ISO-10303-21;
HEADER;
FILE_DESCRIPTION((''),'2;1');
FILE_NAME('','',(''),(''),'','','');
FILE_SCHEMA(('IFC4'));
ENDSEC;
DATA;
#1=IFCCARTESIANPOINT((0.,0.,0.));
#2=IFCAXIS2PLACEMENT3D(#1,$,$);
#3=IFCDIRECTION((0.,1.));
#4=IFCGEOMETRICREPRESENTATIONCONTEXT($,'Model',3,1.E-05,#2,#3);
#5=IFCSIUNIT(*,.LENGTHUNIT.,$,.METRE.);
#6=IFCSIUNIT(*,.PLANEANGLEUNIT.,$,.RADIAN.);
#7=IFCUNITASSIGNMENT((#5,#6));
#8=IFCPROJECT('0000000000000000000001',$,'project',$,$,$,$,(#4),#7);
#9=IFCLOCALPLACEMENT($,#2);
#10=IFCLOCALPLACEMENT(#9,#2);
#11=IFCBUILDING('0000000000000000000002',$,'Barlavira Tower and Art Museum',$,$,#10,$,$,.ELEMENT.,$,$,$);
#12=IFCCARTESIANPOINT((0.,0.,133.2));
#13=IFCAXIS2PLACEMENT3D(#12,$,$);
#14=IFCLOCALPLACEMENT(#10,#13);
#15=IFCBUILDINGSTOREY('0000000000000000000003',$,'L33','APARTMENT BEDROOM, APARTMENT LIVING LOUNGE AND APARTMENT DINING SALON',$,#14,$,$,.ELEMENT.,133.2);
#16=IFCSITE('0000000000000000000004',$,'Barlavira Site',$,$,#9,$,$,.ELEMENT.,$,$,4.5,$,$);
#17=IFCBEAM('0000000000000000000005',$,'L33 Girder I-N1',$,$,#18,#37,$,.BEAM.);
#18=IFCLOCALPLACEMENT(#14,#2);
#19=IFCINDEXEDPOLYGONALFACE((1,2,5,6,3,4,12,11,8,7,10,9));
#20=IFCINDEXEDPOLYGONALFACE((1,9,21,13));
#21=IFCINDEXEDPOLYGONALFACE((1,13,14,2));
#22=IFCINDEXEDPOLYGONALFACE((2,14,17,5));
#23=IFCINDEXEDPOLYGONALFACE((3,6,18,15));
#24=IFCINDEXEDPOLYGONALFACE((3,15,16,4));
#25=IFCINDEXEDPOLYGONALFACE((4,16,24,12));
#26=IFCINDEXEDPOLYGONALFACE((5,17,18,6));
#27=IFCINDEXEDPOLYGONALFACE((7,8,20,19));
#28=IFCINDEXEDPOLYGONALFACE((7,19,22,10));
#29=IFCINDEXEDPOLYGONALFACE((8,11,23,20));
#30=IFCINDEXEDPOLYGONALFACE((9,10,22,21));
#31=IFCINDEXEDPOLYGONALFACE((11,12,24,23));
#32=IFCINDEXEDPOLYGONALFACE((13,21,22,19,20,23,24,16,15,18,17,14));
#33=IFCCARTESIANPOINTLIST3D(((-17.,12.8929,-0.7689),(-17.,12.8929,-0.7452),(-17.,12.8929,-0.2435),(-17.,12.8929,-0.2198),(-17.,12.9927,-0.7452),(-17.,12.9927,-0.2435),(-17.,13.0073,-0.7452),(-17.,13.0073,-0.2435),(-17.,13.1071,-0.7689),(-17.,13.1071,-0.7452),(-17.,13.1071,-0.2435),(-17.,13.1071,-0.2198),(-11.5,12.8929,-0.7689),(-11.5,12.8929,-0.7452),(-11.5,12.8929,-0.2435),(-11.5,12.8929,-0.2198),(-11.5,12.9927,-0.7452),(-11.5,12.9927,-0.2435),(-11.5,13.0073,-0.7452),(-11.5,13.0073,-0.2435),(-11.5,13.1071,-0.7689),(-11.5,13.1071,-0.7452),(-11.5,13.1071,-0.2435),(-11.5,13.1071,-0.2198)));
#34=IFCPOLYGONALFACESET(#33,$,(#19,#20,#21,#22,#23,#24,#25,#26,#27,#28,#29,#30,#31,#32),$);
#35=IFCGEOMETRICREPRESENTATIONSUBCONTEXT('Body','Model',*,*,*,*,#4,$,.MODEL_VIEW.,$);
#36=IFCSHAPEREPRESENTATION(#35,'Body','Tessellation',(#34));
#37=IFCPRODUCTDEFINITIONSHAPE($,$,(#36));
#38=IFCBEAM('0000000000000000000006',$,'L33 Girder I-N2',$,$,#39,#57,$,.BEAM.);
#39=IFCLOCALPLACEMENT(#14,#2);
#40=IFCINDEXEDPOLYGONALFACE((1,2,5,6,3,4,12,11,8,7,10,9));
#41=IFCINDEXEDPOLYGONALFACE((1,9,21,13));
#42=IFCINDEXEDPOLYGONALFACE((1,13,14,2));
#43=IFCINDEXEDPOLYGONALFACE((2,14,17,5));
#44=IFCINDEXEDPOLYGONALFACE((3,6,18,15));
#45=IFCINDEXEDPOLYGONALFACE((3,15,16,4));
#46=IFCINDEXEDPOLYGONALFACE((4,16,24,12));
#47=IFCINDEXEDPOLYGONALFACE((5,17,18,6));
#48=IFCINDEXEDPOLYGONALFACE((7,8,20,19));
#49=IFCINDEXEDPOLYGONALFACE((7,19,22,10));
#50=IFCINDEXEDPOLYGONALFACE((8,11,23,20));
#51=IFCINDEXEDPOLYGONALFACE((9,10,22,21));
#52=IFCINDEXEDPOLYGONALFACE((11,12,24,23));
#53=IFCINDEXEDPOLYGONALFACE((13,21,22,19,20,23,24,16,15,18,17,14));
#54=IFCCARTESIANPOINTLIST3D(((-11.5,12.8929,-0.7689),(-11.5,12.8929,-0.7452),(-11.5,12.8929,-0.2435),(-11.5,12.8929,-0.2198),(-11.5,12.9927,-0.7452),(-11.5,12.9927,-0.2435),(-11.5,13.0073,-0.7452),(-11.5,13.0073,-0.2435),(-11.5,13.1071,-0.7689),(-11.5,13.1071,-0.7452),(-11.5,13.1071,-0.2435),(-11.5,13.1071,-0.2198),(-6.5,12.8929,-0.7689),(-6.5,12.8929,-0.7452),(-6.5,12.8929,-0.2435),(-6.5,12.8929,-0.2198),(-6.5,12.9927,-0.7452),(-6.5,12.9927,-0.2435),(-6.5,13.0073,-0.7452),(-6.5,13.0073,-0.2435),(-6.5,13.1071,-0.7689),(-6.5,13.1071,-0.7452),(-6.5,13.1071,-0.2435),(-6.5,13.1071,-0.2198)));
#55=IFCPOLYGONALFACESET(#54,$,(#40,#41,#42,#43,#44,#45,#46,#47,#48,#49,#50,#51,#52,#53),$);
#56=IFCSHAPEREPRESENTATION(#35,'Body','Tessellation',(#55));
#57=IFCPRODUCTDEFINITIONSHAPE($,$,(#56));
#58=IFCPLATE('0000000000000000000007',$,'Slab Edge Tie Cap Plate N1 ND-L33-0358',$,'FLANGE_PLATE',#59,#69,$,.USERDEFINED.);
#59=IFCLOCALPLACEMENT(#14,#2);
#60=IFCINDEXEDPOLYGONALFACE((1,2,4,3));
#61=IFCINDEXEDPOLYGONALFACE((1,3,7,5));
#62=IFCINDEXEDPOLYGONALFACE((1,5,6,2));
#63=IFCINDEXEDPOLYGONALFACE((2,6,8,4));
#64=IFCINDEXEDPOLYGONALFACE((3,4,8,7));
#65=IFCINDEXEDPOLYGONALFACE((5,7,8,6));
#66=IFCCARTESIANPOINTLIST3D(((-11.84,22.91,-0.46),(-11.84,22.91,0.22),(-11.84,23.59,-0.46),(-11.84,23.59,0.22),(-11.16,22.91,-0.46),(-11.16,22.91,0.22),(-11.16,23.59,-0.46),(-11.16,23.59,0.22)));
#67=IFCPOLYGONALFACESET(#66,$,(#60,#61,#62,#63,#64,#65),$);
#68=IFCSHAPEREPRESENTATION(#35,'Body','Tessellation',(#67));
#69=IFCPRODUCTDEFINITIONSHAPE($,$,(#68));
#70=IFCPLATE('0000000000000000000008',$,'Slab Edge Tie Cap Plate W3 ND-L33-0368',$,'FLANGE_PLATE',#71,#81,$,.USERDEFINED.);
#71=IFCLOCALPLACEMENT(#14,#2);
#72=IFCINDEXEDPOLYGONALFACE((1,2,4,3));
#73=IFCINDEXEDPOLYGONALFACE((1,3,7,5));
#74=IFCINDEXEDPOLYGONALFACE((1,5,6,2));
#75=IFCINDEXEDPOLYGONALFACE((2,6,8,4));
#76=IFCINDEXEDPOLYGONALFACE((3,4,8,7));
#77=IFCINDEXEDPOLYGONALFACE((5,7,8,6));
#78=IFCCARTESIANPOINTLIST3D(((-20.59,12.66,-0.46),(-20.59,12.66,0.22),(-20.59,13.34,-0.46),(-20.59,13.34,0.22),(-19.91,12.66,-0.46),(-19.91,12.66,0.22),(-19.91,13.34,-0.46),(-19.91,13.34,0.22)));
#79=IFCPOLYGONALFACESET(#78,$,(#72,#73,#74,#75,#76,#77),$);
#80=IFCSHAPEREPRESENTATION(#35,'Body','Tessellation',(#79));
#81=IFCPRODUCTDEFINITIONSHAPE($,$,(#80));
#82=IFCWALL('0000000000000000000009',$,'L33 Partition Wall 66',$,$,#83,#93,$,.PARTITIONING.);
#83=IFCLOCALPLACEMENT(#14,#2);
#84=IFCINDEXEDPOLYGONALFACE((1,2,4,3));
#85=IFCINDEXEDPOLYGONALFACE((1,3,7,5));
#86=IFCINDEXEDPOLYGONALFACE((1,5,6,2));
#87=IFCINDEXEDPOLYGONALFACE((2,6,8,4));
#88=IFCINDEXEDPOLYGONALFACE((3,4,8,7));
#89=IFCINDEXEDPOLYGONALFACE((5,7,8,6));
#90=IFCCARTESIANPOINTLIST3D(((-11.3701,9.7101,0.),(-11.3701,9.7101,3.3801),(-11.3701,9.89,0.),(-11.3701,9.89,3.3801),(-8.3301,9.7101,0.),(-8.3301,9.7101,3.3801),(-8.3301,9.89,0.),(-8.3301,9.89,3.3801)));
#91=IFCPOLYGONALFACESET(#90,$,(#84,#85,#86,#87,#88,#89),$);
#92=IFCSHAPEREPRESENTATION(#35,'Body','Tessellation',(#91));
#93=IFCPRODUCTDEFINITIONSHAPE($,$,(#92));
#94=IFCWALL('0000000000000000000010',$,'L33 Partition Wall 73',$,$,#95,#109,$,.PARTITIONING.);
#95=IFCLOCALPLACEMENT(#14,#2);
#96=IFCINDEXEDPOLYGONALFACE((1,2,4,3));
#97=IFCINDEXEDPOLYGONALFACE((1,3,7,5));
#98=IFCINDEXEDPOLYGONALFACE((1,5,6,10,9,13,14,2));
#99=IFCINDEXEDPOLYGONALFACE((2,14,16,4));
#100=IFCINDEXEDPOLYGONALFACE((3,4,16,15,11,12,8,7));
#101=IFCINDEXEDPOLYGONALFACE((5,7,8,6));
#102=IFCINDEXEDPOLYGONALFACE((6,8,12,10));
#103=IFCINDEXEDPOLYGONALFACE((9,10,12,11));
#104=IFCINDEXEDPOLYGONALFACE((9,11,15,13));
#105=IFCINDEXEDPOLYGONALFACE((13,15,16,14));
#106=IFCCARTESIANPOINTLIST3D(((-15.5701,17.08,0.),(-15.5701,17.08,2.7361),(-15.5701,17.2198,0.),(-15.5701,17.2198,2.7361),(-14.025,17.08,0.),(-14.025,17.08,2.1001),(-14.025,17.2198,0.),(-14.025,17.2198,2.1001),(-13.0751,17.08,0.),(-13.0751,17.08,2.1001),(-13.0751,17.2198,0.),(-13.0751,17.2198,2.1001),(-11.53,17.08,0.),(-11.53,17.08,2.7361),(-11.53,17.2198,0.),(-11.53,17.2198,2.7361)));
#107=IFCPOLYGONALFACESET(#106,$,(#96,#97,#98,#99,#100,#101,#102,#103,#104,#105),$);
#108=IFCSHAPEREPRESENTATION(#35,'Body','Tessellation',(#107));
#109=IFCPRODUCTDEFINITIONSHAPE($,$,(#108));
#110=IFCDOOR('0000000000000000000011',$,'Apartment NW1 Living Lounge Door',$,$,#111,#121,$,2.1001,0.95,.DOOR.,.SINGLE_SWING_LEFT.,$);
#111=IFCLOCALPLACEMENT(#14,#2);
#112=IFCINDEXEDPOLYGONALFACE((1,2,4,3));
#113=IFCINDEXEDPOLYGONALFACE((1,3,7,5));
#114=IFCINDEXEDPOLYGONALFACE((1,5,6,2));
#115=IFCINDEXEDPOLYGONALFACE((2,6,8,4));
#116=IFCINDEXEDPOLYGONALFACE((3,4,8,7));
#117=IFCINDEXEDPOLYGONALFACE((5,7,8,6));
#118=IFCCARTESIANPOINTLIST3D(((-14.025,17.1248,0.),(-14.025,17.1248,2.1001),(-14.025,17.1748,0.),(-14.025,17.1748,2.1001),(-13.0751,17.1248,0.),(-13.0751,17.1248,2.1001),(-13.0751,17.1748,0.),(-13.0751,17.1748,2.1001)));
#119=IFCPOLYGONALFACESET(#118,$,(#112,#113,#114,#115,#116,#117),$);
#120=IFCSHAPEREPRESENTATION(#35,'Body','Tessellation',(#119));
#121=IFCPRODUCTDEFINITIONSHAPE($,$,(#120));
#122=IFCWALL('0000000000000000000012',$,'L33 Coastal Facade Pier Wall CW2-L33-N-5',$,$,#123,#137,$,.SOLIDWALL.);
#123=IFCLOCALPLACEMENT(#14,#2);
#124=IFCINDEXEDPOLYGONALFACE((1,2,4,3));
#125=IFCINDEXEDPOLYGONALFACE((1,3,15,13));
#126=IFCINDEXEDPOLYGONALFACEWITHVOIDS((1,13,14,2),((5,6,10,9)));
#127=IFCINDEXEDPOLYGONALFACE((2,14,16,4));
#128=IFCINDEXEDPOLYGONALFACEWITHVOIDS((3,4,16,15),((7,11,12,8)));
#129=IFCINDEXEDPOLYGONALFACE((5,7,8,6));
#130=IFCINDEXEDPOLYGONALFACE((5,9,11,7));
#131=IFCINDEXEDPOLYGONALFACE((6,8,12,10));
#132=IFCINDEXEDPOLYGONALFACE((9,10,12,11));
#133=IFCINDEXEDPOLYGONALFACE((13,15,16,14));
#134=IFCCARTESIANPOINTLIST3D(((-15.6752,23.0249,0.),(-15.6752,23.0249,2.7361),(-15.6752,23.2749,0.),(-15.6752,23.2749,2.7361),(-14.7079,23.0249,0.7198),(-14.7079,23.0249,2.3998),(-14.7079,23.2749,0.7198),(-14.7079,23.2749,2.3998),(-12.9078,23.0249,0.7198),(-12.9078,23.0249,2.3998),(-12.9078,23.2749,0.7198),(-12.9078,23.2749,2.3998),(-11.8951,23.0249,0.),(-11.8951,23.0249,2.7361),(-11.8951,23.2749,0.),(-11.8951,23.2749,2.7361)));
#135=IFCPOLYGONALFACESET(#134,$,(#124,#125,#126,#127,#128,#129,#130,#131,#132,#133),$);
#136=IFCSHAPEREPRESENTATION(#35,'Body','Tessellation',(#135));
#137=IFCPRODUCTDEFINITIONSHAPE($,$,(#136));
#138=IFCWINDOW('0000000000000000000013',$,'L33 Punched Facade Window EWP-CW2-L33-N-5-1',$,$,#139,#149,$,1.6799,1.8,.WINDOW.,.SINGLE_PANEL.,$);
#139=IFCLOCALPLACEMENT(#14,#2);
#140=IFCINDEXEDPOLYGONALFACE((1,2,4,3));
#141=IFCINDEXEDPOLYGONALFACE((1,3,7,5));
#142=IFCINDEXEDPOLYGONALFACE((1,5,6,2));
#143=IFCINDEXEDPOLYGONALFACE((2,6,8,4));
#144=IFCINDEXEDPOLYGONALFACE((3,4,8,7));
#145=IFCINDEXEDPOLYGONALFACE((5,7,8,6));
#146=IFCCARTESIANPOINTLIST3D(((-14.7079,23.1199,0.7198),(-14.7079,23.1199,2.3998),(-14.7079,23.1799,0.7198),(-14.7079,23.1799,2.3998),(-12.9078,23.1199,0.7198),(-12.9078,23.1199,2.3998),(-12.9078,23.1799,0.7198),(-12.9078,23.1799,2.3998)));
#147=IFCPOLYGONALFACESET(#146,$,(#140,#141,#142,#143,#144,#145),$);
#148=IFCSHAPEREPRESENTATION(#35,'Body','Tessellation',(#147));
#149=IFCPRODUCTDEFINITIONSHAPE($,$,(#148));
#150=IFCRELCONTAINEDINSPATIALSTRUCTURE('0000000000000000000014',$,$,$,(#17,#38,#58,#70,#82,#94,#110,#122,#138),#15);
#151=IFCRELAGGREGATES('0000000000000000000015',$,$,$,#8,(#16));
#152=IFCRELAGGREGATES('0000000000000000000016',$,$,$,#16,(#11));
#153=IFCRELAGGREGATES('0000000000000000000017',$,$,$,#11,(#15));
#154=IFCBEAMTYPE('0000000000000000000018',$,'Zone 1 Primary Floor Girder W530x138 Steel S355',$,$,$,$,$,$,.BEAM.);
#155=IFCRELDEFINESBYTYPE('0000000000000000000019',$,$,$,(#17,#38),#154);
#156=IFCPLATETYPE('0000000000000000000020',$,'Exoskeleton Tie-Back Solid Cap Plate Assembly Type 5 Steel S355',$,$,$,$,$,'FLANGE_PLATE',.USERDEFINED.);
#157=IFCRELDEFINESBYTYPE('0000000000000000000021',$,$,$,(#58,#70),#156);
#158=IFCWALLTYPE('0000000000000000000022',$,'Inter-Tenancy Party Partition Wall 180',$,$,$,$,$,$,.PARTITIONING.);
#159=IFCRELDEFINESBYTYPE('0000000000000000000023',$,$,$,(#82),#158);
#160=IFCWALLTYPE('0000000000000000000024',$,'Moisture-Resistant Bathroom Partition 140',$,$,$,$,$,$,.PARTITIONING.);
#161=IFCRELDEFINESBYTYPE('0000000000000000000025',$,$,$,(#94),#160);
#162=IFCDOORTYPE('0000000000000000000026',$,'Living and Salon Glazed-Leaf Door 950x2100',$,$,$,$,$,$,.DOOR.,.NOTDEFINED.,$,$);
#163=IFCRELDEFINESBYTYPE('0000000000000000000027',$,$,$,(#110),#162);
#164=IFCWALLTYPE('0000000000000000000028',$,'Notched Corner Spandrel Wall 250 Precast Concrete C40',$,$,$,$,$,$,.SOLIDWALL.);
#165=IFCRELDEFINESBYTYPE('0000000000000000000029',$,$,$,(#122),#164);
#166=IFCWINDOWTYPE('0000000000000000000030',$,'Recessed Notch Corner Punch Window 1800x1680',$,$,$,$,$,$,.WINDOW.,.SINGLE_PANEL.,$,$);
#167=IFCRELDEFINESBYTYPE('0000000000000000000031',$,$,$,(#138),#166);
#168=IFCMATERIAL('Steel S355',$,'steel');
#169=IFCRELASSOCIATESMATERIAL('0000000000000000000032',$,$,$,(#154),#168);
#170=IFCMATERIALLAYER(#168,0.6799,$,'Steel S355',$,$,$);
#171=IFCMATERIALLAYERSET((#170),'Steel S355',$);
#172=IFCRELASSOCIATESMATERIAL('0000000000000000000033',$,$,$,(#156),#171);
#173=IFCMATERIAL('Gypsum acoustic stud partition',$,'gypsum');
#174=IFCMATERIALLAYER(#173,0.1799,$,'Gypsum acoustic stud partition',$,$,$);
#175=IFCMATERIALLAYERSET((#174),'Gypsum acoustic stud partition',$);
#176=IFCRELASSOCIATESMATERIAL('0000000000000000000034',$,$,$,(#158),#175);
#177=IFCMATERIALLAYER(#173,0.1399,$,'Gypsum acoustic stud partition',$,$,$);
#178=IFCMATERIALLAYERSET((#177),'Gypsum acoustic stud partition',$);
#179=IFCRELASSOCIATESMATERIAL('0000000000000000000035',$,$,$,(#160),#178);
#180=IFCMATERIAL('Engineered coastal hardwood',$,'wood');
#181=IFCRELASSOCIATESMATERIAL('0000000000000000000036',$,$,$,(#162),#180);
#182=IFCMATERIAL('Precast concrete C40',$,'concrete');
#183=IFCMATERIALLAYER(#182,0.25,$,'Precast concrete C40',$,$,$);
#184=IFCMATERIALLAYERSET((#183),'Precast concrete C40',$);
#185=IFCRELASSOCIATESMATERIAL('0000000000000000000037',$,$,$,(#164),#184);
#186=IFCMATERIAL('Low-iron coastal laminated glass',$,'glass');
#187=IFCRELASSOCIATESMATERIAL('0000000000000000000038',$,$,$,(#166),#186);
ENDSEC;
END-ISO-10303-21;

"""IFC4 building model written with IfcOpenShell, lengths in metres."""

from ifc_helpers import new_model, si_unit, direction, frame, frame_2d, origin, origin_2d, place, context, subcontext, project, spatial, rectangle, i_section, extrude, material, layer, layer_set, material_profile, profile_set, type_object, element, fill, save


model = new_model("IFC4")

# Units and contexts
model_context = context("Model", 3, precision=1e-05, world=origin(), true_north=direction((0.0, 1.0)))
body_context = subcontext(model_context, "Body", "Model", "MODEL_VIEW")
ifc_project = project(units=[si_unit("LENGTHUNIT", "METRE"), si_unit("PLANEANGLEUNIT", "RADIAN")], contexts=[model_context])

# Site, building, storey
site_placement = place(None, origin())
site = spatial("IfcSite", under=ifc_project, at=site_placement, Name="Barlavira Site", CompositionType="ELEMENT", RefElevation=4.5)
building_placement = place(site_placement, origin())
building = spatial("IfcBuilding", under=site, at=building_placement, Name="Barlavira Tower and Art Museum", CompositionType="ELEMENT")
storey_placement = place(building_placement, frame((0.0, 0.0, 133.2)))
storey = spatial("IfcBuildingStorey", under=building, at=storey_placement, Name="L33", Description="APARTMENT BEDROOM, APARTMENT LIVING LOUNGE AND APARTMENT DINING SALON", CompositionType="ELEMENT", Elevation=133.2)

# Shared definitions
ifc_material_1 = material(Name="Steel S355", Category="steel")

# Beams
ifc_material_profile_1 = material_profile(ifc_material_1, i_section(OverallWidth=0.2141, OverallDepth=0.5491, WebThickness=0.0146, FlangeThickness=0.0237, at=origin_2d()), Name="W530x138.0")
ifc_profile_set_1 = profile_set([ifc_material_profile_1], Name="Steel S355")
beam_type_1 = type_object("IfcBeamType", Name="Zone 1 Primary Floor Girder W530x138 Steel S355", PredefinedType="BEAM", material=ifc_profile_set_1)
beam_1_placement = place(storey_placement, frame((-17.0, 13.0, -0.4944), z_axis=(1.0, 0.0, 0.0), x_axis=(0.0, 1.0, 0.0)))
element("IfcBeam", 1, at=beam_1_placement, inside=storey, type_object=beam_type_1, Name="L33 Girder I-N1", PredefinedType="BEAM", context=body_context, shape_type="SweptSolid", body=[
    extrude(i_section(OverallWidth=0.2141, OverallDepth=0.5491, WebThickness=0.0146, FlangeThickness=0.0237, at=origin_2d()), origin(), (0.0, 0.0, 1.0), 5.5),
])
beam_2_placement = place(storey_placement, frame((-11.5, 13.0, -0.4944), z_axis=(1.0, 0.0, 0.0), x_axis=(0.0, 1.0, 0.0)))
element("IfcBeam", 2, at=beam_2_placement, inside=storey, type_object=beam_type_1, Name="L33 Girder I-N2", PredefinedType="BEAM", context=body_context, shape_type="SweptSolid", body=[
    extrude(i_section(OverallWidth=0.2141, OverallDepth=0.5491, WebThickness=0.0146, FlangeThickness=0.0237, at=origin_2d()), origin(), (0.0, 0.0, 1.0), 5.0),
])

# Plates
ifc_layer_1 = layer(ifc_material_1, 0.6799, Name="Steel S355")
ifc_layer_set_1 = layer_set([ifc_layer_1], Name="Steel S355")
plate_type = type_object("IfcPlateType", Name="Exoskeleton Tie-Back Solid Cap Plate Assembly Type 5 Steel S355", ElementType="FLANGE_PLATE", PredefinedType="USERDEFINED", material=ifc_layer_set_1)
for number, where, z_axis, x_axis, name in (
    (3, (-11.5, 23.25, -0.46), (0.0, 0.0, 1.0), (1.0, 0.0, 0.0), "Slab Edge Tie Cap Plate N1 ND-L33-0358"),
    (4, (-20.25, 13.0, -0.46), (0.0, 0.0, 1.0), (1.0, 0.0, 0.0), "Slab Edge Tie Cap Plate W3 ND-L33-0368"),
):
    element("IfcPlate", number, at=place(storey_placement, frame(where, z_axis=z_axis, x_axis=x_axis)), inside=storey, type_object=plate_type, Name=name, ObjectType="FLANGE_PLATE", PredefinedType="USERDEFINED", context=body_context, shape_type="SweptSolid", body=[
        extrude(rectangle(XDim=0.6799, YDim=0.6799, at=origin_2d()), origin(), (0.0, 0.0, 1.0), 0.6799),
    ])

# Wall
ifc_material_2 = material(Name="Gypsum acoustic stud partition", Category="gypsum")
ifc_layer_2 = layer(ifc_material_2, 0.1799, Name="Gypsum acoustic stud partition")
ifc_layer_set_2 = layer_set([ifc_layer_2], Name="Gypsum acoustic stud partition")
wall_type_1 = type_object("IfcWallType", Name="Inter-Tenancy Party Partition Wall 180", PredefinedType="PARTITIONING", material=ifc_layer_set_2)
wall_1_placement = place(storey_placement, frame((-11.3701, 9.8, 0.0), z_axis=(0.0, 0.0, 1.0), x_axis=(1.0, 0.0, 0.0)))
element("IfcWall", 5, at=wall_1_placement, inside=storey, type_object=wall_type_1, Name="L33 Partition Wall 66", PredefinedType="PARTITIONING", context=body_context, shape_type="SweptSolid", body=[
    extrude(rectangle(XDim=3.04, YDim=0.1799, at=frame_2d((1.52, 0.0))), origin(), (0.0, 0.0, 1.0), 3.3801),
])

# Wall, opening, door
ifc_layer_3 = layer(ifc_material_2, 0.1399, Name="Gypsum acoustic stud partition")
ifc_layer_set_3 = layer_set([ifc_layer_3], Name="Gypsum acoustic stud partition")
wall_type_2 = type_object("IfcWallType", Name="Moisture-Resistant Bathroom Partition 140", PredefinedType="PARTITIONING", material=ifc_layer_set_3)
wall_2_placement = place(storey_placement, frame((-15.5701, 17.1499, 0.0), z_axis=(0.0, 0.0, 1.0), x_axis=(1.0, 0.0, 0.0)))
wall_2 = element("IfcWall", 6, at=wall_2_placement, inside=storey, type_object=wall_type_2, Name="L33 Partition Wall 73", PredefinedType="PARTITIONING", context=body_context, shape_type="SweptSolid", body=[
    extrude(rectangle(XDim=4.04, YDim=0.1399, at=frame_2d((2.02, 0.0))), origin(), (0.0, 0.0, 1.0), 2.7361),
])
opening_1_placement = place(wall_2_placement, frame((1.5449, 0.0, 0.0)))
opening_1 = element("IfcOpeningElement", 7, at=opening_1_placement, cuts=wall_2, PredefinedType="OPENING", context=body_context, shape_type="SweptSolid", body=[
    extrude(rectangle(XDim=0.95, YDim=2.1001, at=frame_2d((0.4751, 1.05))), frame((0.0, 0.0801, 0.0), z_axis=(0.0, -1.0, 0.0), x_axis=(1.0, 0.0, 0.0)), (0.0, 0.0, 1.0), 0.1599),
])
ifc_material_3 = material(Name="Engineered coastal hardwood", Category="wood")
door_type = type_object("IfcDoorType", Name="Living and Salon Glazed-Leaf Door 950x2100", OperationType="NOTDEFINED", PredefinedType="DOOR", material=ifc_material_3)
door_placement = place(opening_1_placement, origin())
door = element("IfcDoor", 8, at=door_placement, inside=storey, type_object=door_type, Name="Apartment NW1 Living Lounge Door", OperationType="SINGLE_SWING_LEFT", OverallHeight=2.1001, OverallWidth=0.95, PredefinedType="DOOR", context=body_context, shape_type="SweptSolid", body=[
    extrude(rectangle(XDim=0.95, YDim=2.1001, at=frame_2d((0.4751, 1.05))), frame((0.0, 0.0249, 0.0), z_axis=(0.0, -1.0, 0.0), x_axis=(1.0, 0.0, 0.0)), (0.0, 0.0, 1.0), 0.05),
])
fill(opening_1, door)

# Wall, opening, window
ifc_material_4 = material(Name="Precast concrete C40", Category="concrete")
ifc_layer_4 = layer(ifc_material_4, 0.25, Name="Precast concrete C40")
ifc_layer_set_4 = layer_set([ifc_layer_4], Name="Precast concrete C40")
wall_type_3 = type_object("IfcWallType", Name="Notched Corner Spandrel Wall 250 Precast Concrete C40", PredefinedType="SOLIDWALL", material=ifc_layer_set_4)
wall_3_placement = place(storey_placement, frame((-11.895, 23.1499, 0.0), z_axis=(0.0, 0.0, 1.0), x_axis=(-1.0, 0.0, 0.0)))
wall_3 = element("IfcWall", 9, at=wall_3_placement, inside=storey, type_object=wall_type_3, Name="L33 Coastal Facade Pier Wall CW2-L33-N-5", PredefinedType="SOLIDWALL", context=body_context, shape_type="SweptSolid", body=[
    extrude(rectangle(XDim=3.78, YDim=0.25, at=frame_2d((1.8901, 0.0))), origin(), (0.0, 0.0, 1.0), 2.7361),
])
opening_2_placement = place(wall_3_placement, frame((1.0129, 0.0, 0.72)))
opening_2 = element("IfcOpeningElement", 10, at=opening_2_placement, cuts=wall_3, PredefinedType="OPENING", context=body_context, shape_type="SweptSolid", body=[
    extrude(rectangle(XDim=1.8, YDim=1.6799, at=frame_2d((0.8999, 0.8398))), frame((0.0, 0.135, 0.0), z_axis=(0.0, -1.0, 0.0), x_axis=(1.0, 0.0, 0.0)), (0.0, 0.0, 1.0), 0.27),
])
ifc_material_5 = material(Name="Low-iron coastal laminated glass", Category="glass")
window_type = type_object("IfcWindowType", Name="Recessed Notch Corner Punch Window 1800x1680", PartitioningType="SINGLE_PANEL", PredefinedType="WINDOW", material=ifc_material_5)
window_1_placement = place(opening_2_placement, origin())
window_1 = element("IfcWindow", 11, at=window_1_placement, inside=storey, type_object=window_type, Name="L33 Punched Facade Window EWP-CW2-L33-N-5-1", OverallHeight=1.6799, OverallWidth=1.8, PartitioningType="SINGLE_PANEL", PredefinedType="WINDOW", context=body_context, shape_type="SweptSolid", body=[
    extrude(rectangle(XDim=1.8, YDim=1.6799, at=frame_2d((0.8999, 0.8398))), frame((0.0, 0.03, 0.0), z_axis=(0.0, -1.0, 0.0), x_axis=(1.0, 0.0, 0.0)), (0.0, 0.0, 1.0), 0.0601),
])
fill(opening_2, window_1)

save(model, "model.ifc")
